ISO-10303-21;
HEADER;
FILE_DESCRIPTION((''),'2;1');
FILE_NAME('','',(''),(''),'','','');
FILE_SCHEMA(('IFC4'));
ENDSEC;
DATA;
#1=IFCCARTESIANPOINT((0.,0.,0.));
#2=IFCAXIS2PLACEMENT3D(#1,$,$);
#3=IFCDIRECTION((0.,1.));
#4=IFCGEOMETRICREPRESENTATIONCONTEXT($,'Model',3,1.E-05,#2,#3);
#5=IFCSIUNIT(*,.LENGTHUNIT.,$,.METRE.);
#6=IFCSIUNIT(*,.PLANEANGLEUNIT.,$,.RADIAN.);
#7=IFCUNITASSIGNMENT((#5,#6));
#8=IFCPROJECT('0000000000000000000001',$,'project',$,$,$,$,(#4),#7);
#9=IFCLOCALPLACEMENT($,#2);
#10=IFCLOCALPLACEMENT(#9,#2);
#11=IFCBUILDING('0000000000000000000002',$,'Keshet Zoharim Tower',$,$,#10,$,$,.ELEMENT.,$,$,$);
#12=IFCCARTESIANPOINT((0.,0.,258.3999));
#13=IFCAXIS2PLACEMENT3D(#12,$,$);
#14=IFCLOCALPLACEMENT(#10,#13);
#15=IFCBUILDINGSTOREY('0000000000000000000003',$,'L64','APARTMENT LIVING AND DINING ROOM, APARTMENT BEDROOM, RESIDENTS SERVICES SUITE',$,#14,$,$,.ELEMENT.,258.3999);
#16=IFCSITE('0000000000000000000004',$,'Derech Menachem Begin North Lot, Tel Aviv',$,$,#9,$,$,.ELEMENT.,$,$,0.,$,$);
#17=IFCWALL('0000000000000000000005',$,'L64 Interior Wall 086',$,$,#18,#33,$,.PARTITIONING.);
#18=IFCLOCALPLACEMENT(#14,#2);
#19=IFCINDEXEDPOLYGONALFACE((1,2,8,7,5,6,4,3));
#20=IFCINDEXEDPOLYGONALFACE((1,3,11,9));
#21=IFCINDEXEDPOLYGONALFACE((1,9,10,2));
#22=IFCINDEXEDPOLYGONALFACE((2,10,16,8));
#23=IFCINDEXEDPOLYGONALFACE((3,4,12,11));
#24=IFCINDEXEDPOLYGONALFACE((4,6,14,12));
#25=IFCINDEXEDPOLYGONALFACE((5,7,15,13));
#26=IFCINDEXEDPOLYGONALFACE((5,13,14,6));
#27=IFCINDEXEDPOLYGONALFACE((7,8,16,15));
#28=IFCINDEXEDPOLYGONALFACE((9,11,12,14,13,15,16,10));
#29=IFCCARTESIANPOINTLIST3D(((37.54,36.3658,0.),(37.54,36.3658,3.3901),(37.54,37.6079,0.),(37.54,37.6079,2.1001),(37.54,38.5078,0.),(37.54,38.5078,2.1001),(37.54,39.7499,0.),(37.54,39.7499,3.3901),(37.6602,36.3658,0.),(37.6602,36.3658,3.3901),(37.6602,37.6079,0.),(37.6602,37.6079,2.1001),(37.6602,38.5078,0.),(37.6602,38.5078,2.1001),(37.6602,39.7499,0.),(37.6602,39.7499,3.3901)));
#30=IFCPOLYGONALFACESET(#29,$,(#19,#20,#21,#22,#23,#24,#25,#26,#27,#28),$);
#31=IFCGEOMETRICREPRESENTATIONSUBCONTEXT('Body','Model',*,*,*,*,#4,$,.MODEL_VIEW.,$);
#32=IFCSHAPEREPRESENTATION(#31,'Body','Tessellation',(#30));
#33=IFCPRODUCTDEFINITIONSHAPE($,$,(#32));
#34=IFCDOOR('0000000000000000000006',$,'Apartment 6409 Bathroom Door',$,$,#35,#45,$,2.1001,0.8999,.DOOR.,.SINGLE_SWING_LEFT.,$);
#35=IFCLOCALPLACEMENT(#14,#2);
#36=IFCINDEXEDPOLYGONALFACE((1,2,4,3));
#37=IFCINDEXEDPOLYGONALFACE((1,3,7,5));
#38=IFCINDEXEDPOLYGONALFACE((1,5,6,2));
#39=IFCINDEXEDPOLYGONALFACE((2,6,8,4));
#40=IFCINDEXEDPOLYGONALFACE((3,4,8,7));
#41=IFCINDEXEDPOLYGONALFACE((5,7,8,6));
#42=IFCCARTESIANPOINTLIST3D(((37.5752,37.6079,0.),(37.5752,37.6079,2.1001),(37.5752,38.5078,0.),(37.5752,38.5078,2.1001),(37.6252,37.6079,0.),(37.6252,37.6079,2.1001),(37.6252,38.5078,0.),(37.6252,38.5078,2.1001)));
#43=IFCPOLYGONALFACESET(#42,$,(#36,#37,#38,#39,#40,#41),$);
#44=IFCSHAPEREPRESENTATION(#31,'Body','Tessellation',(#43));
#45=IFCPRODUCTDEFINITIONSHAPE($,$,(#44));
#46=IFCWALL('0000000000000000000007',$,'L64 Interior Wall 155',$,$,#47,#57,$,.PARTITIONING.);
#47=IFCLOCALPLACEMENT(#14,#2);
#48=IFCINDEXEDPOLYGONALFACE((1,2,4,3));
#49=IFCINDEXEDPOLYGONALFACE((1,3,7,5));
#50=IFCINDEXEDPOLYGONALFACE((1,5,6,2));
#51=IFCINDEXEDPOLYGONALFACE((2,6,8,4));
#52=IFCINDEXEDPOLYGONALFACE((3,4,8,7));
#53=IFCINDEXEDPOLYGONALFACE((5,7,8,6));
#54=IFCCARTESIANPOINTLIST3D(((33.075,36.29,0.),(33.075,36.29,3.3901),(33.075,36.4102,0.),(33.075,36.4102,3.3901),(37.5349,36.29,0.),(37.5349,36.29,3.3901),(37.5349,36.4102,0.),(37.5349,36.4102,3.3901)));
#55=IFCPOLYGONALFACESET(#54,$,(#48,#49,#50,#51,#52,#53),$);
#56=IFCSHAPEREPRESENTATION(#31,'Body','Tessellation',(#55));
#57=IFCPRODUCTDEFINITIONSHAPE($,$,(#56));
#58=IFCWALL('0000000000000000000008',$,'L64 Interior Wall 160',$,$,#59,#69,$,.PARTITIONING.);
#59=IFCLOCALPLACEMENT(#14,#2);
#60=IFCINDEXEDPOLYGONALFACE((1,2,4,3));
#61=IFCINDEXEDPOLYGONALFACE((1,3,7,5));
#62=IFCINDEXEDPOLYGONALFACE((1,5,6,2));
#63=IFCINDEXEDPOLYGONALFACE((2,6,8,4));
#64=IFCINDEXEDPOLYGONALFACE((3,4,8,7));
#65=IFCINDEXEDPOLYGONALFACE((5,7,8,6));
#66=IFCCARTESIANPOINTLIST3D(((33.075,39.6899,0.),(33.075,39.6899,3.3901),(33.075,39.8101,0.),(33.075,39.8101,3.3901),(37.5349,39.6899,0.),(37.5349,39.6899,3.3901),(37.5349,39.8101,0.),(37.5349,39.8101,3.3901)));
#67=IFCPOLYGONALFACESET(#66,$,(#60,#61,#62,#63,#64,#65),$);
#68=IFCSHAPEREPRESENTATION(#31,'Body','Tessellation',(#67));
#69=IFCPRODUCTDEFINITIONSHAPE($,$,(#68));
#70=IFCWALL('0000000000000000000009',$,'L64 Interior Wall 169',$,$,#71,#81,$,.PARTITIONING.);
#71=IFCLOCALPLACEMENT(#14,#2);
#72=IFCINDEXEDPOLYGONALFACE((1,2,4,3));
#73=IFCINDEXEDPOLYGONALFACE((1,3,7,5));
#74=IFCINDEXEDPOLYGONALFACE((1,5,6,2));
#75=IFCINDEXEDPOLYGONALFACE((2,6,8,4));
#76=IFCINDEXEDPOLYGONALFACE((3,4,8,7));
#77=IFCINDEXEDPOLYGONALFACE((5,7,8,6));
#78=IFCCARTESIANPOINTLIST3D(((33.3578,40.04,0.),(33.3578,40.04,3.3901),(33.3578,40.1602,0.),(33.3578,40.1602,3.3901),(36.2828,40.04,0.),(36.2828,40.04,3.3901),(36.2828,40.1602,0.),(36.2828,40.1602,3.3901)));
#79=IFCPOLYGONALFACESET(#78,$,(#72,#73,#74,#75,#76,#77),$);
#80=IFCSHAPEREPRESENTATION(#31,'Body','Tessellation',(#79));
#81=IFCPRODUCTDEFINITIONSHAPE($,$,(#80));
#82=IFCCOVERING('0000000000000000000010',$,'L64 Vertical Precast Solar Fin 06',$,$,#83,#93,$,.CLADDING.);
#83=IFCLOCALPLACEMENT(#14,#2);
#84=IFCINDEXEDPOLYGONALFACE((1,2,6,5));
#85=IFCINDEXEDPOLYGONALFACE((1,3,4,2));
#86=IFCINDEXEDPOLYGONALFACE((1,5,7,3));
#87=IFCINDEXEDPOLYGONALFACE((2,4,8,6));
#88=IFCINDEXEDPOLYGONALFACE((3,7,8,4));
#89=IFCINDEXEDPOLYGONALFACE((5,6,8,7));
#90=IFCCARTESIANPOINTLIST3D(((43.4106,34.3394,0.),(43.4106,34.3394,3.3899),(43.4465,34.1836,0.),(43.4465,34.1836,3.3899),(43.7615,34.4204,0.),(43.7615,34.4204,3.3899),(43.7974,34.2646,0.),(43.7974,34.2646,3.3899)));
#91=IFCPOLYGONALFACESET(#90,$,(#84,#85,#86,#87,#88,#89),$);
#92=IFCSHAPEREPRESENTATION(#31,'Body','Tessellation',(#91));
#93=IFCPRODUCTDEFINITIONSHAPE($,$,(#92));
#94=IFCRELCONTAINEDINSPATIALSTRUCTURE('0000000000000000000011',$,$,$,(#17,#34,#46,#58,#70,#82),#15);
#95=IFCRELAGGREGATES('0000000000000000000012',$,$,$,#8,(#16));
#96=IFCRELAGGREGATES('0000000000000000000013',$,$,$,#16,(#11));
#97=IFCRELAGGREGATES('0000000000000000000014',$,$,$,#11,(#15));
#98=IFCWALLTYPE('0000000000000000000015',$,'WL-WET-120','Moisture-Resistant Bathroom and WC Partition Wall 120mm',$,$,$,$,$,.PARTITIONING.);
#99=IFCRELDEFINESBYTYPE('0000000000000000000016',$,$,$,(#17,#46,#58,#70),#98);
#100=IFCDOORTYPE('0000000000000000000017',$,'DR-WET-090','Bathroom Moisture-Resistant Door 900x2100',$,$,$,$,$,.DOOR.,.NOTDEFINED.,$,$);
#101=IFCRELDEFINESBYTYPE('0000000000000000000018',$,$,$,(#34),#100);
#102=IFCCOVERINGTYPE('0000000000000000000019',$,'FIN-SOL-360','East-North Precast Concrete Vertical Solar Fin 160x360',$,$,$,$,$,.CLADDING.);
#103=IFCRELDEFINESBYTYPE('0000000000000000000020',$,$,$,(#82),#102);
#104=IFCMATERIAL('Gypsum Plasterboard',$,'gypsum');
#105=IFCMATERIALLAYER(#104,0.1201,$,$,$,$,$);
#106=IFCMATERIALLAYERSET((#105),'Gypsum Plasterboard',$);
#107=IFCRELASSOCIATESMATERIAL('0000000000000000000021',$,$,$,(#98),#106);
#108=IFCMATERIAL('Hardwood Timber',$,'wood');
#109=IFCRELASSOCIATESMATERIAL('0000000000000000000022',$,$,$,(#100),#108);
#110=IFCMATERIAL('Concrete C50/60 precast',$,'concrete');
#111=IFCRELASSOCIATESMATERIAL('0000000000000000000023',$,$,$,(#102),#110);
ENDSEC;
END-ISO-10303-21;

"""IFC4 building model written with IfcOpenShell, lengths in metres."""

from ifc_helpers import new_model, si_unit, direction, frame, frame_2d, origin, origin_2d, place, context, subcontext, project, spatial, rectangle, extrude, material, layer, layer_set, type_object, element, fill, save


model = new_model("IFC4")

# Units and contexts
model_context = context("Model", 3, precision=1e-05, world=origin(), true_north=direction((0.0, 1.0)))
body_context = subcontext(model_context, "Body", "Model", "MODEL_VIEW")
ifc_project = project(units=[si_unit("LENGTHUNIT", "METRE"), si_unit("PLANEANGLEUNIT", "RADIAN")], contexts=[model_context])

# Site, building, storey
site_placement = place(None, origin())
site = spatial("IfcSite", under=ifc_project, at=site_placement, Name="Derech Menachem Begin North Lot, Tel Aviv", CompositionType="ELEMENT", RefElevation=0.0)
building_placement = place(site_placement, origin())
building = spatial("IfcBuilding", under=site, at=building_placement, Name="Keshet Zoharim Tower", CompositionType="ELEMENT")
storey_placement = place(building_placement, frame((0.0, 0.0, 258.3999)))
storey = spatial("IfcBuildingStorey", under=building, at=storey_placement, Name="L64", Description="APARTMENT LIVING AND DINING ROOM, APARTMENT BEDROOM, RESIDENTS SERVICES SUITE", CompositionType="ELEMENT", Elevation=258.3999)

# Shared definitions
ifc_material_1 = material(Name="Gypsum Plasterboard", Category="gypsum")

# Shared definitions
ifc_material_2 = material(Name="Hardwood Timber", Category="wood")

# Shared definitions
ifc_layer_1 = layer(ifc_material_1, 0.1201)
ifc_layer_set_1 = layer_set([ifc_layer_1], Name="Gypsum Plasterboard")
wall_type_1 = type_object("IfcWallType", Name="WL-WET-120", Description="Moisture-Resistant Bathroom and WC Partition Wall 120mm", PredefinedType="PARTITIONING", material=ifc_layer_set_1)

# Wall, opening, door
wall_1_placement = place(storey_placement, frame((37.6001, 36.366, 0.0), z_axis=(0.0, 0.0, 1.0), x_axis=(0.0, 1.0, 0.0)))
wall_1 = element("IfcWall", 1, at=wall_1_placement, inside=storey, type_object=wall_type_1, Name="L64 Interior Wall 086", PredefinedType="PARTITIONING", context=body_context, shape_type="SweptSolid", body=[
    extrude(rectangle(XDim=3.384, YDim=0.1201, at=frame_2d((1.6919, 0.0))), origin(), (0.0, 0.0, 1.0), 3.3901),
])
opening_1_placement = place(wall_1_placement, frame((1.2419, 0.0, 0.0)))
opening_1 = element("IfcOpeningElement", 2, at=opening_1_placement, cuts=wall_1, PredefinedType="OPENING", context=body_context, shape_type="SweptSolid", body=[
    extrude(rectangle(XDim=0.8999, YDim=2.1001, at=frame_2d((0.45, 1.05))), frame((0.0, 0.0701, 0.0), z_axis=(0.0, -1.0, 0.0), x_axis=(1.0, 0.0, 0.0)), (0.0, 0.0, 1.0), 0.1401),
])
door_type_1 = type_object("IfcDoorType", Name="DR-WET-090", Description="Bathroom Moisture-Resistant Door 900x2100", OperationType="NOTDEFINED", PredefinedType="DOOR", material=ifc_material_2)
door_1_placement = place(opening_1_placement, origin())
door_1 = element("IfcDoor", 3, at=door_1_placement, inside=storey, type_object=door_type_1, Name="Apartment 6409 Bathroom Door", OperationType="SINGLE_SWING_LEFT", OverallHeight=2.1001, OverallWidth=0.8999, PredefinedType="DOOR", context=body_context, shape_type="SweptSolid", body=[
    extrude(rectangle(XDim=0.8999, YDim=2.1001, at=frame_2d((0.45, 1.05))), frame((0.0, 0.0249, 0.0), z_axis=(0.0, -1.0, 0.0), x_axis=(1.0, 0.0, 0.0)), (0.0, 0.0, 1.0), 0.05),
])
fill(opening_1, door_1)

# Walls
for number, where, z_axis, x_axis, name in (
    (4, (33.075, 36.3501, 0.0), (0.0, 0.0, 1.0), (1.0, 0.0, 0.0), "L64 Interior Wall 155"),
    (5, (33.075, 39.75, 0.0), (0.0, 0.0, 1.0), (1.0, 0.0, 0.0), "L64 Interior Wall 160"),
):
    element("IfcWall", number, at=place(storey_placement, frame(where, z_axis=z_axis, x_axis=x_axis)), inside=storey, type_object=wall_type_1, Name=name, PredefinedType="PARTITIONING", context=body_context, shape_type="SweptSolid", body=[
        extrude(rectangle(XDim=4.46, YDim=0.1201, at=frame_2d((2.23, 0.0))), origin(), (0.0, 0.0, 1.0), 3.3901),
    ])
wall_2_placement = place(storey_placement, frame((33.3579, 40.1001, 0.0), z_axis=(0.0, 0.0, 1.0), x_axis=(1.0, 0.0, 0.0)))
element("IfcWall", 6, at=wall_2_placement, inside=storey, type_object=wall_type_1, Name="L64 Interior Wall 169", PredefinedType="PARTITIONING", context=body_context, shape_type="SweptSolid", body=[
    extrude(rectangle(XDim=2.925, YDim=0.1201, at=frame_2d((1.4624, 0.0))), origin(), (0.0, 0.0, 1.0), 3.3901),
])

# Covering
ifc_material_3 = material(Name="Concrete C50/60 precast", Category="concrete")
covering_type = type_object("IfcCoveringType", Name="FIN-SOL-360", Description="East-North Precast Concrete Vertical Solar Fin 160x360", PredefinedType="CLADDING", material=ifc_material_3)
covering_placement = place(storey_placement, frame((43.604, 34.302, 0.0), z_axis=(0.0, 0.0, 1.0), x_axis=(0.22483, -0.974398, 0.0)))
element("IfcCovering", 7, at=covering_placement, inside=storey, type_object=covering_type, Name="L64 Vertical Precast Solar Fin 06", PredefinedType="CLADDING", context=body_context, shape_type="SweptSolid", body=[
    extrude(rectangle(XDim=0.1599, YDim=0.3601, at=origin_2d()), origin(), (0.0, 0.0, 1.0), 3.3899),
])

save(model, "model.ifc")
